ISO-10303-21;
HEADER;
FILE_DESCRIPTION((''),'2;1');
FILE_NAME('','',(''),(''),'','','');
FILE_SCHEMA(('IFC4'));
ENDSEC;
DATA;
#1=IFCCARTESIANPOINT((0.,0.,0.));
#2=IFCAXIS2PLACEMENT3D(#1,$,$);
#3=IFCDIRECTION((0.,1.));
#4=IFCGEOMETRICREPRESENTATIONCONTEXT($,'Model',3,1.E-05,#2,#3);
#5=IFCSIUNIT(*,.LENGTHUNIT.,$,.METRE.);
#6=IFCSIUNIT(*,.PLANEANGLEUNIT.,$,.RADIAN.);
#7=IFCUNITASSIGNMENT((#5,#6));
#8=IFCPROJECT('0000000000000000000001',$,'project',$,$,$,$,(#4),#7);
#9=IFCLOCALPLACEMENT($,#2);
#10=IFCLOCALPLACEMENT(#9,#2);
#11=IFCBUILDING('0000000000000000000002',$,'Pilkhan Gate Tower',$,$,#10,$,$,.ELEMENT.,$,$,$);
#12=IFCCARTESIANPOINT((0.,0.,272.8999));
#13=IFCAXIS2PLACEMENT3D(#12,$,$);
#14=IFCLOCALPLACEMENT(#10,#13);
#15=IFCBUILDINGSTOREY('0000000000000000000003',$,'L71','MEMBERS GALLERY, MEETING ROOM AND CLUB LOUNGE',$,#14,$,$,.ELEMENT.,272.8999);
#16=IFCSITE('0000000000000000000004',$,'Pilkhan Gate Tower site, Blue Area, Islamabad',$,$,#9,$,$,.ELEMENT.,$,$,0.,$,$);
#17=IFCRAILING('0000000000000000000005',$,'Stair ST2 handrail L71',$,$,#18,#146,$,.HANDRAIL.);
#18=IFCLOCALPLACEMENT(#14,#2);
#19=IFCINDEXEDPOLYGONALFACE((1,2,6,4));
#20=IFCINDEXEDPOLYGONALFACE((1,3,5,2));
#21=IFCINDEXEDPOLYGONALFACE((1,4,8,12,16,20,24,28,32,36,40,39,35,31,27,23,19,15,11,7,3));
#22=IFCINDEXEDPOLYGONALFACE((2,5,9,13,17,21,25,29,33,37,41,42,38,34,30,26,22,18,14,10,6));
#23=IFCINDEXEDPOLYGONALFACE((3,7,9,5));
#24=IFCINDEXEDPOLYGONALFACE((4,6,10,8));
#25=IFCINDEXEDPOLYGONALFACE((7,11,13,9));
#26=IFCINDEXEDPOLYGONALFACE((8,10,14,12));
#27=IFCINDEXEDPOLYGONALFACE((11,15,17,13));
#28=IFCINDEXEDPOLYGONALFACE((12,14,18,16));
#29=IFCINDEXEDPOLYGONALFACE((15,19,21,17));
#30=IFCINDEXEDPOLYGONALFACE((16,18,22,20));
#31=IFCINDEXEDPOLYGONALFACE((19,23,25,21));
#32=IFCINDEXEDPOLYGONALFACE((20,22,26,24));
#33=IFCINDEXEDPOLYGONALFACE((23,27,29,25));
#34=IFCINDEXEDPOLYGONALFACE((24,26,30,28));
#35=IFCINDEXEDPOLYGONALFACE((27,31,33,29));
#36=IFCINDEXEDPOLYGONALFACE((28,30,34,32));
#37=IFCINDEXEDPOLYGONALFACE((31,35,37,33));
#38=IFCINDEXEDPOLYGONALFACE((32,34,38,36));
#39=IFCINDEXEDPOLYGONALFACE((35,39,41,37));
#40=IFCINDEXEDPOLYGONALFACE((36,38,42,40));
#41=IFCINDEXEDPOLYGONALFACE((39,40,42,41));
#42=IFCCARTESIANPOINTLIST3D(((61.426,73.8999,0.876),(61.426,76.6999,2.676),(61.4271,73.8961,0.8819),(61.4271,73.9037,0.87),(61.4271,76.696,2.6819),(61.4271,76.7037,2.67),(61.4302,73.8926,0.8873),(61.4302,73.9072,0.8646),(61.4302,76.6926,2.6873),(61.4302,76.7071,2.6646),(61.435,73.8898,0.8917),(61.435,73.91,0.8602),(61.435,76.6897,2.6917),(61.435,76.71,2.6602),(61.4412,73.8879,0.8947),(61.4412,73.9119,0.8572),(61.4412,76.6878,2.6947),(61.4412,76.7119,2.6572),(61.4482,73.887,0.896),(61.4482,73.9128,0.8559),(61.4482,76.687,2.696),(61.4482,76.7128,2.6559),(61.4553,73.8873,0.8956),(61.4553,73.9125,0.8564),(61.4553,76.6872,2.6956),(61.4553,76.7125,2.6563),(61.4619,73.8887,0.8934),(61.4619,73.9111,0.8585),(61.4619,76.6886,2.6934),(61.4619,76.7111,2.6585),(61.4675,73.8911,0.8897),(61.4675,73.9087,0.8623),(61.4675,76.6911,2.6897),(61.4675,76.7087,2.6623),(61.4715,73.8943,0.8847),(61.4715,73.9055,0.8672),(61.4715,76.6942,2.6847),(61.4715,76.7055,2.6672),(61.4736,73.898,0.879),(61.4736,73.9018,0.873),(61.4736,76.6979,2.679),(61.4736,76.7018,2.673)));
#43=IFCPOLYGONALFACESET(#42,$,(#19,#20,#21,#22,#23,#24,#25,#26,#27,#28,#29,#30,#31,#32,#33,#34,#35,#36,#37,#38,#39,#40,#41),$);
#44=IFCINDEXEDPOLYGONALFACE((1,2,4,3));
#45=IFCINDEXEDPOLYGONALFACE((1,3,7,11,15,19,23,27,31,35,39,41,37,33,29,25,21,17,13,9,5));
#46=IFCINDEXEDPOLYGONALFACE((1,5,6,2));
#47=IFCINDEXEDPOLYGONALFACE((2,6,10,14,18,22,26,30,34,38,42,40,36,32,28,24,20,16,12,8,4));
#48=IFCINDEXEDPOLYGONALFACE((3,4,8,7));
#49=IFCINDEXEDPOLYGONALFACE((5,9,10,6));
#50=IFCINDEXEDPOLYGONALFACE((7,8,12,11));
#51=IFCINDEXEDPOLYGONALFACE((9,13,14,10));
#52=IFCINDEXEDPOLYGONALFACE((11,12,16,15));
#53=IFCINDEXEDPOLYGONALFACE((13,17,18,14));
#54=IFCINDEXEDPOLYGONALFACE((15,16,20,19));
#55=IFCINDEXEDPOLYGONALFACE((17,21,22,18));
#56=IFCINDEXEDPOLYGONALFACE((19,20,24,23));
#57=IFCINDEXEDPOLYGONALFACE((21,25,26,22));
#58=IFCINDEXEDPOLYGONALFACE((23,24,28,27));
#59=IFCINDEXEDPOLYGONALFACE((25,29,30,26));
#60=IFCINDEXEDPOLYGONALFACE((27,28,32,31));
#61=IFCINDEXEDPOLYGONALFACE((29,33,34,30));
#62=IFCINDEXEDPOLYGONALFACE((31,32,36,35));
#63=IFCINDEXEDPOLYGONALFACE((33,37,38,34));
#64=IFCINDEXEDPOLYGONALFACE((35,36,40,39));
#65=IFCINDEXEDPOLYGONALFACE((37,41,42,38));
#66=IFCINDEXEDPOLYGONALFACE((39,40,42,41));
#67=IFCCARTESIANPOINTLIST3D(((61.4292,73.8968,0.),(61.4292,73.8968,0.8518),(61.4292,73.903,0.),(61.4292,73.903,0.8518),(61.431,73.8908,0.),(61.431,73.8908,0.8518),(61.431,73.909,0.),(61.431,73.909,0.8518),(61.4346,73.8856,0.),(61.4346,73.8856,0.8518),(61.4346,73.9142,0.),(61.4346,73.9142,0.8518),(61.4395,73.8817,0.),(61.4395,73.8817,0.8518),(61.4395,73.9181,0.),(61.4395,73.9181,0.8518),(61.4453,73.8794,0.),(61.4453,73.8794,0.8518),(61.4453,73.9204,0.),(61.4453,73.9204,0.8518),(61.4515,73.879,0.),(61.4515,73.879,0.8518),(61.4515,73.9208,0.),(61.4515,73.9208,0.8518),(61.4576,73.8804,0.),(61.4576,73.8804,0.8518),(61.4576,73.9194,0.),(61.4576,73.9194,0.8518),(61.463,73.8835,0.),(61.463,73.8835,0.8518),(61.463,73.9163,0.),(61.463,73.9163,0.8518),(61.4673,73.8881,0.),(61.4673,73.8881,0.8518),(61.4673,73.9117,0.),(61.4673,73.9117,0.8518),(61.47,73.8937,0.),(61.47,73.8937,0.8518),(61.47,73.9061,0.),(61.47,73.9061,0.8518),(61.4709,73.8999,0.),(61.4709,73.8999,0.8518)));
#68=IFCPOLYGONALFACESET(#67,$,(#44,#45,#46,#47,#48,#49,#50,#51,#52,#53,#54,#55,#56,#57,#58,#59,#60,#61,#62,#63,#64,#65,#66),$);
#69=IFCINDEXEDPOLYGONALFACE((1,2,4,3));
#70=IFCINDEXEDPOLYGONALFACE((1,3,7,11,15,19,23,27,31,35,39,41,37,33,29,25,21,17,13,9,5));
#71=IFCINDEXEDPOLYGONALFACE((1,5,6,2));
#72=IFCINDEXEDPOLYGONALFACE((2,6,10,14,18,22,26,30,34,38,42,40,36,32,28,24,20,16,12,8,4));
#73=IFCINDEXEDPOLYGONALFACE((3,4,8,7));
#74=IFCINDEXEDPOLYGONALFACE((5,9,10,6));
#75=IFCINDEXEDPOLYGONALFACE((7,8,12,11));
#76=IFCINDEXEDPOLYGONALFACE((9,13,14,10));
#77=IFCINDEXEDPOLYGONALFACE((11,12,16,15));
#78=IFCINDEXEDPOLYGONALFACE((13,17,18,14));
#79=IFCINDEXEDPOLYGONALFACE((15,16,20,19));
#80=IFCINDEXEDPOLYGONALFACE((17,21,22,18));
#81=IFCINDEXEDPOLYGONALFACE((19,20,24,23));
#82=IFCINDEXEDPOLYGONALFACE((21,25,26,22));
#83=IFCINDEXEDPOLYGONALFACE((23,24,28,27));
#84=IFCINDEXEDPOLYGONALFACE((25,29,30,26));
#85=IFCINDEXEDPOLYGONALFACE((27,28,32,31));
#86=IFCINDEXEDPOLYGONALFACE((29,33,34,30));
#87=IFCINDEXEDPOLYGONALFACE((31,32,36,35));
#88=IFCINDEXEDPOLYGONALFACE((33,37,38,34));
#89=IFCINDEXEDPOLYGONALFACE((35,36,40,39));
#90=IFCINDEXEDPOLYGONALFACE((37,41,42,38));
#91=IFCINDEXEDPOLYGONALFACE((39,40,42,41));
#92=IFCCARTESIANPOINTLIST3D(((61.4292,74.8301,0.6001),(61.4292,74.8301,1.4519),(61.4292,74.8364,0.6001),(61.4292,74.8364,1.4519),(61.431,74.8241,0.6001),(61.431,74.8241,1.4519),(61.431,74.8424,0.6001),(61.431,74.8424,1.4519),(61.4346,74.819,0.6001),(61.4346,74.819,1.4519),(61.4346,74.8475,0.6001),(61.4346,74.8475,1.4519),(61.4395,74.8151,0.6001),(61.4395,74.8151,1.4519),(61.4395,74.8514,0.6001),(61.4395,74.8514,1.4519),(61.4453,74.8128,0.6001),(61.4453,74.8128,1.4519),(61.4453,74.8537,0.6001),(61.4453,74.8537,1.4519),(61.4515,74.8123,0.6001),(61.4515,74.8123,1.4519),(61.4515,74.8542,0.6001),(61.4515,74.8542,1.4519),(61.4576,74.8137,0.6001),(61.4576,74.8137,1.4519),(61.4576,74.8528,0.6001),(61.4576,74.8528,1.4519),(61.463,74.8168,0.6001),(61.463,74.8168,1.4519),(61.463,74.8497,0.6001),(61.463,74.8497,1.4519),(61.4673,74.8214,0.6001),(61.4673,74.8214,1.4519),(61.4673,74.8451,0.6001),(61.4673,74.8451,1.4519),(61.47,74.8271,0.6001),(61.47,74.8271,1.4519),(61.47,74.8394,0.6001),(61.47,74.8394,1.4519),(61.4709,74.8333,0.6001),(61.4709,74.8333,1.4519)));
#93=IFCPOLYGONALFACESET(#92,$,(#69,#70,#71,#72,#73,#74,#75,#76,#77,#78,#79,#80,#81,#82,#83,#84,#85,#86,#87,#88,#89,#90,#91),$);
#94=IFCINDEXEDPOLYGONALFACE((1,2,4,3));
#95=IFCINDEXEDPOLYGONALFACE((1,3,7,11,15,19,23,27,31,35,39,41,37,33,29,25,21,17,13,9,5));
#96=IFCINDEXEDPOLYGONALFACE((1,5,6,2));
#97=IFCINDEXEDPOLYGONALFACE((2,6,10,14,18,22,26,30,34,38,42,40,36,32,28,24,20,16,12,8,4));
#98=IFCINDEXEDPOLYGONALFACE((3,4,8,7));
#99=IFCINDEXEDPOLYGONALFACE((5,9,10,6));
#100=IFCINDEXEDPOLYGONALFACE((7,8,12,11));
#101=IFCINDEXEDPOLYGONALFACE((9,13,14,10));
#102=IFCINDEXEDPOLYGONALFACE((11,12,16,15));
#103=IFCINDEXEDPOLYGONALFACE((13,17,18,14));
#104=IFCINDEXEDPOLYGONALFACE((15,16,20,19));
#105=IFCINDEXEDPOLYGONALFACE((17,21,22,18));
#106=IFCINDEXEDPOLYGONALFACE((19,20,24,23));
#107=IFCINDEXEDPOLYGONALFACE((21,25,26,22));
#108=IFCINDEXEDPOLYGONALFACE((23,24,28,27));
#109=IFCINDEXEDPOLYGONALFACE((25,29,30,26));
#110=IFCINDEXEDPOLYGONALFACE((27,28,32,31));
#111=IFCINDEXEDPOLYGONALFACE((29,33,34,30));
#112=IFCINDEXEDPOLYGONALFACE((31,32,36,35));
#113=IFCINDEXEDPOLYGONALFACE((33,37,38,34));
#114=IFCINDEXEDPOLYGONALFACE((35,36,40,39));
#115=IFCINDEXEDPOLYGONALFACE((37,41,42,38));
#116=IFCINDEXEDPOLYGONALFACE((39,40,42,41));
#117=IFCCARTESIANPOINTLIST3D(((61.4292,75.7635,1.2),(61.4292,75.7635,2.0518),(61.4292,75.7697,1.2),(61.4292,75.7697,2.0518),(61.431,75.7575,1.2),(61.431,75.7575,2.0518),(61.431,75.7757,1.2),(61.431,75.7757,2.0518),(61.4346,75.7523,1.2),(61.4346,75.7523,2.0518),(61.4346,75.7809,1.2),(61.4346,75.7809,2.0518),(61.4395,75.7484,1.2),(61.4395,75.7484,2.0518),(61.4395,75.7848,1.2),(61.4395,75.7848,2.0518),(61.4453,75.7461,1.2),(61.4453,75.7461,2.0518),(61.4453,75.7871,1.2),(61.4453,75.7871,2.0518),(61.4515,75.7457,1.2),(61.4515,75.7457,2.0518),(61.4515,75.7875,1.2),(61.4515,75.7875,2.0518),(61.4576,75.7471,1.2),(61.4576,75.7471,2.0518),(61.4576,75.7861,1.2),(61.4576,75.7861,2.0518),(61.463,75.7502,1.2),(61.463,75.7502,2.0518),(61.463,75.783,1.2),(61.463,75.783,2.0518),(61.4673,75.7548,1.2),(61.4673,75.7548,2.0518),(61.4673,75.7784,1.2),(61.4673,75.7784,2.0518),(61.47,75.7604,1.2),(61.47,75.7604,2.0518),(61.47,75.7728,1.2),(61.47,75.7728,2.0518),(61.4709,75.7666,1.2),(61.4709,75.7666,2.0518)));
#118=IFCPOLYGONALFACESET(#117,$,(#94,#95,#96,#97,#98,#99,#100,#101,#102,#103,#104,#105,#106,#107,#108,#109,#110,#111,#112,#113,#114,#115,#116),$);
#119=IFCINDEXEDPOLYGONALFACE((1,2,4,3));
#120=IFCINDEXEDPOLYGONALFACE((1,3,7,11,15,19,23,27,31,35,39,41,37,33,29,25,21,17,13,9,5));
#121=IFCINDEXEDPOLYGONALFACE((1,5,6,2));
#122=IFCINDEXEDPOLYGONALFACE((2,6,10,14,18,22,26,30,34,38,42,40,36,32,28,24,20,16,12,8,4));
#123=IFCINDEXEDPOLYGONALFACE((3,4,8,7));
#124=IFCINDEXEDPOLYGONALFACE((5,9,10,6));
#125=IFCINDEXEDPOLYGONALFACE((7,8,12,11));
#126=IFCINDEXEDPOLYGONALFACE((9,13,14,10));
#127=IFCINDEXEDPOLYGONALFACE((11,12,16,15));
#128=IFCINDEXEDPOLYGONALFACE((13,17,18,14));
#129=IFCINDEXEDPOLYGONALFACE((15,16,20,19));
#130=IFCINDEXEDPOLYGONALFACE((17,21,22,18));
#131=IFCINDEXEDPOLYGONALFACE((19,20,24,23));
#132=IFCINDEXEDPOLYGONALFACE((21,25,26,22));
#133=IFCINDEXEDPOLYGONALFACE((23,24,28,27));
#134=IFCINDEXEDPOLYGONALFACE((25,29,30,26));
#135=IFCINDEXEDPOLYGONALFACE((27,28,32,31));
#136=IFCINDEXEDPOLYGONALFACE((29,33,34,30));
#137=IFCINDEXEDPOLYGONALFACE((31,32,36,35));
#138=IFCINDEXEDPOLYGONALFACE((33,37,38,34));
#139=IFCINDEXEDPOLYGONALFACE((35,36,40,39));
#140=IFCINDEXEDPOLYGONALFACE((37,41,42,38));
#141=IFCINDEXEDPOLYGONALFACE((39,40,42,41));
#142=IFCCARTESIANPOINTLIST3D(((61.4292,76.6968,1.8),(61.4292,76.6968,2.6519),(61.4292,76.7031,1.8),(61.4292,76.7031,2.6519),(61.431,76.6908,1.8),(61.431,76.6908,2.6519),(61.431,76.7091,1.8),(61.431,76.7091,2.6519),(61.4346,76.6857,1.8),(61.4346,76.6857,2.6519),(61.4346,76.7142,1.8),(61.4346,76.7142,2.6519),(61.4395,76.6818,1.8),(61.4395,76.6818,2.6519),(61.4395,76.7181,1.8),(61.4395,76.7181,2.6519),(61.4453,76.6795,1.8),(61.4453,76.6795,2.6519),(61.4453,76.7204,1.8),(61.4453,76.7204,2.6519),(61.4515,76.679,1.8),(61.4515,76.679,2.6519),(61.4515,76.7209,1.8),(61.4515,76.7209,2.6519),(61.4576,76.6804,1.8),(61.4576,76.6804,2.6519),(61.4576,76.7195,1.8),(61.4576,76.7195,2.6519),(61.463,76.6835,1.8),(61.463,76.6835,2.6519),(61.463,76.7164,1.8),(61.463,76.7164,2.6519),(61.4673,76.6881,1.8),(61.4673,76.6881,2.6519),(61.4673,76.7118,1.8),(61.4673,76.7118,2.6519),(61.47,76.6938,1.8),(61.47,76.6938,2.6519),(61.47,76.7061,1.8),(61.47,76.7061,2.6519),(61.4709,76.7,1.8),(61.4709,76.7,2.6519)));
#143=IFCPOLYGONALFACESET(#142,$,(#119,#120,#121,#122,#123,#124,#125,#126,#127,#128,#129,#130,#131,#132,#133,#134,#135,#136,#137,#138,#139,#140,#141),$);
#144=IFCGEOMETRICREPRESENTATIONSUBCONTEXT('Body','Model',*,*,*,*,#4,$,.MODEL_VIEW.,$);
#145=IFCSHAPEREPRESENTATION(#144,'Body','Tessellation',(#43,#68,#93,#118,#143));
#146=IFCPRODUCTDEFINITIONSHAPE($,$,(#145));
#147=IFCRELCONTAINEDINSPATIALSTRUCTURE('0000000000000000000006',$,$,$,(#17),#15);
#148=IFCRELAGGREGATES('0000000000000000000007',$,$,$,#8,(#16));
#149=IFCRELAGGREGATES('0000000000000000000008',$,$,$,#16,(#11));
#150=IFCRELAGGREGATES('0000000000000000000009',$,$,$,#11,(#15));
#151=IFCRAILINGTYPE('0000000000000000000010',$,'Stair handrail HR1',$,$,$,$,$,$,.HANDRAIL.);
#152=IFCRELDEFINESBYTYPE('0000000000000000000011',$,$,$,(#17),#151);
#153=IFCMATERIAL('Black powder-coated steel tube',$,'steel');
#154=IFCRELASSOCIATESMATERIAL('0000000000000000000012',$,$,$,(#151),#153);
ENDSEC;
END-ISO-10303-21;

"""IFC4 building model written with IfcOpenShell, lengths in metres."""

from ifc_helpers import new_model, si_unit, direction, frame, origin, origin_2d, place, context, subcontext, project, spatial, circle, extrude, material, type_object, element, save


model = new_model("IFC4")

# Units and contexts
model_context = context("Model", 3, precision=1e-05, world=origin(), true_north=direction((0.0, 1.0)))
body_context = subcontext(model_context, "Body", "Model", "MODEL_VIEW")
ifc_project = project(units=[si_unit("LENGTHUNIT", "METRE"), si_unit("PLANEANGLEUNIT", "RADIAN")], contexts=[model_context])

# Site, building, storey
site_placement = place(None, origin())
site = spatial("IfcSite", under=ifc_project, at=site_placement, Name="Pilkhan Gate Tower site, Blue Area, Islamabad", CompositionType="ELEMENT", RefElevation=0.0)
building_placement = place(site_placement, origin())
building = spatial("IfcBuilding", under=site, at=building_placement, Name="Pilkhan Gate Tower", CompositionType="ELEMENT")
storey_placement = place(building_placement, frame((0.0, 0.0, 272.8999)))
storey = spatial("IfcBuildingStorey", under=building, at=storey_placement, Name="L71", Description="MEMBERS GALLERY, MEETING ROOM AND CLUB LOUNGE", CompositionType="ELEMENT", Elevation=272.8999)

# Railing
ifc_material_1 = material(Name="Black powder-coated steel tube", Category="steel")
railing_type_1 = type_object("IfcRailingType", Name="Stair handrail HR1", PredefinedType="HANDRAIL", material=ifc_material_1)
railing_1_placement = place(storey_placement, frame((61.45, 73.8999, 0.0)))
element("IfcRailing", 1, at=railing_1_placement, inside=storey, type_object=railing_type_1, Name="Stair ST2 handrail L71", PredefinedType="HANDRAIL", context=body_context, shape_type="SweptSolid", body=[
    extrude(circle(Radius=0.0239, at=origin_2d()), frame((0.0, 0.0, 0.876), z_axis=(0.0, 0.841176, 0.540761), x_axis=(-1.0, 0.0, 0.0)), (0.0, 0.0, 1.0), 3.3286),
    extrude(circle(Radius=0.021, at=origin_2d()), origin(), (0.0, 0.0, 1.0), 0.8518),
    extrude(circle(Radius=0.021, at=origin_2d()), frame((0.0, 0.9333, 0.6001)), (0.0, 0.0, 1.0), 0.8518),
    extrude(circle(Radius=0.021, at=origin_2d()), frame((0.0, 1.8667, 1.2)), (0.0, 0.0, 1.0), 0.8518),
    extrude(circle(Radius=0.021, at=origin_2d()), frame((0.0, 2.8, 1.8)), (0.0, 0.0, 1.0), 0.8518),
])

save(model, "model.ifc")
